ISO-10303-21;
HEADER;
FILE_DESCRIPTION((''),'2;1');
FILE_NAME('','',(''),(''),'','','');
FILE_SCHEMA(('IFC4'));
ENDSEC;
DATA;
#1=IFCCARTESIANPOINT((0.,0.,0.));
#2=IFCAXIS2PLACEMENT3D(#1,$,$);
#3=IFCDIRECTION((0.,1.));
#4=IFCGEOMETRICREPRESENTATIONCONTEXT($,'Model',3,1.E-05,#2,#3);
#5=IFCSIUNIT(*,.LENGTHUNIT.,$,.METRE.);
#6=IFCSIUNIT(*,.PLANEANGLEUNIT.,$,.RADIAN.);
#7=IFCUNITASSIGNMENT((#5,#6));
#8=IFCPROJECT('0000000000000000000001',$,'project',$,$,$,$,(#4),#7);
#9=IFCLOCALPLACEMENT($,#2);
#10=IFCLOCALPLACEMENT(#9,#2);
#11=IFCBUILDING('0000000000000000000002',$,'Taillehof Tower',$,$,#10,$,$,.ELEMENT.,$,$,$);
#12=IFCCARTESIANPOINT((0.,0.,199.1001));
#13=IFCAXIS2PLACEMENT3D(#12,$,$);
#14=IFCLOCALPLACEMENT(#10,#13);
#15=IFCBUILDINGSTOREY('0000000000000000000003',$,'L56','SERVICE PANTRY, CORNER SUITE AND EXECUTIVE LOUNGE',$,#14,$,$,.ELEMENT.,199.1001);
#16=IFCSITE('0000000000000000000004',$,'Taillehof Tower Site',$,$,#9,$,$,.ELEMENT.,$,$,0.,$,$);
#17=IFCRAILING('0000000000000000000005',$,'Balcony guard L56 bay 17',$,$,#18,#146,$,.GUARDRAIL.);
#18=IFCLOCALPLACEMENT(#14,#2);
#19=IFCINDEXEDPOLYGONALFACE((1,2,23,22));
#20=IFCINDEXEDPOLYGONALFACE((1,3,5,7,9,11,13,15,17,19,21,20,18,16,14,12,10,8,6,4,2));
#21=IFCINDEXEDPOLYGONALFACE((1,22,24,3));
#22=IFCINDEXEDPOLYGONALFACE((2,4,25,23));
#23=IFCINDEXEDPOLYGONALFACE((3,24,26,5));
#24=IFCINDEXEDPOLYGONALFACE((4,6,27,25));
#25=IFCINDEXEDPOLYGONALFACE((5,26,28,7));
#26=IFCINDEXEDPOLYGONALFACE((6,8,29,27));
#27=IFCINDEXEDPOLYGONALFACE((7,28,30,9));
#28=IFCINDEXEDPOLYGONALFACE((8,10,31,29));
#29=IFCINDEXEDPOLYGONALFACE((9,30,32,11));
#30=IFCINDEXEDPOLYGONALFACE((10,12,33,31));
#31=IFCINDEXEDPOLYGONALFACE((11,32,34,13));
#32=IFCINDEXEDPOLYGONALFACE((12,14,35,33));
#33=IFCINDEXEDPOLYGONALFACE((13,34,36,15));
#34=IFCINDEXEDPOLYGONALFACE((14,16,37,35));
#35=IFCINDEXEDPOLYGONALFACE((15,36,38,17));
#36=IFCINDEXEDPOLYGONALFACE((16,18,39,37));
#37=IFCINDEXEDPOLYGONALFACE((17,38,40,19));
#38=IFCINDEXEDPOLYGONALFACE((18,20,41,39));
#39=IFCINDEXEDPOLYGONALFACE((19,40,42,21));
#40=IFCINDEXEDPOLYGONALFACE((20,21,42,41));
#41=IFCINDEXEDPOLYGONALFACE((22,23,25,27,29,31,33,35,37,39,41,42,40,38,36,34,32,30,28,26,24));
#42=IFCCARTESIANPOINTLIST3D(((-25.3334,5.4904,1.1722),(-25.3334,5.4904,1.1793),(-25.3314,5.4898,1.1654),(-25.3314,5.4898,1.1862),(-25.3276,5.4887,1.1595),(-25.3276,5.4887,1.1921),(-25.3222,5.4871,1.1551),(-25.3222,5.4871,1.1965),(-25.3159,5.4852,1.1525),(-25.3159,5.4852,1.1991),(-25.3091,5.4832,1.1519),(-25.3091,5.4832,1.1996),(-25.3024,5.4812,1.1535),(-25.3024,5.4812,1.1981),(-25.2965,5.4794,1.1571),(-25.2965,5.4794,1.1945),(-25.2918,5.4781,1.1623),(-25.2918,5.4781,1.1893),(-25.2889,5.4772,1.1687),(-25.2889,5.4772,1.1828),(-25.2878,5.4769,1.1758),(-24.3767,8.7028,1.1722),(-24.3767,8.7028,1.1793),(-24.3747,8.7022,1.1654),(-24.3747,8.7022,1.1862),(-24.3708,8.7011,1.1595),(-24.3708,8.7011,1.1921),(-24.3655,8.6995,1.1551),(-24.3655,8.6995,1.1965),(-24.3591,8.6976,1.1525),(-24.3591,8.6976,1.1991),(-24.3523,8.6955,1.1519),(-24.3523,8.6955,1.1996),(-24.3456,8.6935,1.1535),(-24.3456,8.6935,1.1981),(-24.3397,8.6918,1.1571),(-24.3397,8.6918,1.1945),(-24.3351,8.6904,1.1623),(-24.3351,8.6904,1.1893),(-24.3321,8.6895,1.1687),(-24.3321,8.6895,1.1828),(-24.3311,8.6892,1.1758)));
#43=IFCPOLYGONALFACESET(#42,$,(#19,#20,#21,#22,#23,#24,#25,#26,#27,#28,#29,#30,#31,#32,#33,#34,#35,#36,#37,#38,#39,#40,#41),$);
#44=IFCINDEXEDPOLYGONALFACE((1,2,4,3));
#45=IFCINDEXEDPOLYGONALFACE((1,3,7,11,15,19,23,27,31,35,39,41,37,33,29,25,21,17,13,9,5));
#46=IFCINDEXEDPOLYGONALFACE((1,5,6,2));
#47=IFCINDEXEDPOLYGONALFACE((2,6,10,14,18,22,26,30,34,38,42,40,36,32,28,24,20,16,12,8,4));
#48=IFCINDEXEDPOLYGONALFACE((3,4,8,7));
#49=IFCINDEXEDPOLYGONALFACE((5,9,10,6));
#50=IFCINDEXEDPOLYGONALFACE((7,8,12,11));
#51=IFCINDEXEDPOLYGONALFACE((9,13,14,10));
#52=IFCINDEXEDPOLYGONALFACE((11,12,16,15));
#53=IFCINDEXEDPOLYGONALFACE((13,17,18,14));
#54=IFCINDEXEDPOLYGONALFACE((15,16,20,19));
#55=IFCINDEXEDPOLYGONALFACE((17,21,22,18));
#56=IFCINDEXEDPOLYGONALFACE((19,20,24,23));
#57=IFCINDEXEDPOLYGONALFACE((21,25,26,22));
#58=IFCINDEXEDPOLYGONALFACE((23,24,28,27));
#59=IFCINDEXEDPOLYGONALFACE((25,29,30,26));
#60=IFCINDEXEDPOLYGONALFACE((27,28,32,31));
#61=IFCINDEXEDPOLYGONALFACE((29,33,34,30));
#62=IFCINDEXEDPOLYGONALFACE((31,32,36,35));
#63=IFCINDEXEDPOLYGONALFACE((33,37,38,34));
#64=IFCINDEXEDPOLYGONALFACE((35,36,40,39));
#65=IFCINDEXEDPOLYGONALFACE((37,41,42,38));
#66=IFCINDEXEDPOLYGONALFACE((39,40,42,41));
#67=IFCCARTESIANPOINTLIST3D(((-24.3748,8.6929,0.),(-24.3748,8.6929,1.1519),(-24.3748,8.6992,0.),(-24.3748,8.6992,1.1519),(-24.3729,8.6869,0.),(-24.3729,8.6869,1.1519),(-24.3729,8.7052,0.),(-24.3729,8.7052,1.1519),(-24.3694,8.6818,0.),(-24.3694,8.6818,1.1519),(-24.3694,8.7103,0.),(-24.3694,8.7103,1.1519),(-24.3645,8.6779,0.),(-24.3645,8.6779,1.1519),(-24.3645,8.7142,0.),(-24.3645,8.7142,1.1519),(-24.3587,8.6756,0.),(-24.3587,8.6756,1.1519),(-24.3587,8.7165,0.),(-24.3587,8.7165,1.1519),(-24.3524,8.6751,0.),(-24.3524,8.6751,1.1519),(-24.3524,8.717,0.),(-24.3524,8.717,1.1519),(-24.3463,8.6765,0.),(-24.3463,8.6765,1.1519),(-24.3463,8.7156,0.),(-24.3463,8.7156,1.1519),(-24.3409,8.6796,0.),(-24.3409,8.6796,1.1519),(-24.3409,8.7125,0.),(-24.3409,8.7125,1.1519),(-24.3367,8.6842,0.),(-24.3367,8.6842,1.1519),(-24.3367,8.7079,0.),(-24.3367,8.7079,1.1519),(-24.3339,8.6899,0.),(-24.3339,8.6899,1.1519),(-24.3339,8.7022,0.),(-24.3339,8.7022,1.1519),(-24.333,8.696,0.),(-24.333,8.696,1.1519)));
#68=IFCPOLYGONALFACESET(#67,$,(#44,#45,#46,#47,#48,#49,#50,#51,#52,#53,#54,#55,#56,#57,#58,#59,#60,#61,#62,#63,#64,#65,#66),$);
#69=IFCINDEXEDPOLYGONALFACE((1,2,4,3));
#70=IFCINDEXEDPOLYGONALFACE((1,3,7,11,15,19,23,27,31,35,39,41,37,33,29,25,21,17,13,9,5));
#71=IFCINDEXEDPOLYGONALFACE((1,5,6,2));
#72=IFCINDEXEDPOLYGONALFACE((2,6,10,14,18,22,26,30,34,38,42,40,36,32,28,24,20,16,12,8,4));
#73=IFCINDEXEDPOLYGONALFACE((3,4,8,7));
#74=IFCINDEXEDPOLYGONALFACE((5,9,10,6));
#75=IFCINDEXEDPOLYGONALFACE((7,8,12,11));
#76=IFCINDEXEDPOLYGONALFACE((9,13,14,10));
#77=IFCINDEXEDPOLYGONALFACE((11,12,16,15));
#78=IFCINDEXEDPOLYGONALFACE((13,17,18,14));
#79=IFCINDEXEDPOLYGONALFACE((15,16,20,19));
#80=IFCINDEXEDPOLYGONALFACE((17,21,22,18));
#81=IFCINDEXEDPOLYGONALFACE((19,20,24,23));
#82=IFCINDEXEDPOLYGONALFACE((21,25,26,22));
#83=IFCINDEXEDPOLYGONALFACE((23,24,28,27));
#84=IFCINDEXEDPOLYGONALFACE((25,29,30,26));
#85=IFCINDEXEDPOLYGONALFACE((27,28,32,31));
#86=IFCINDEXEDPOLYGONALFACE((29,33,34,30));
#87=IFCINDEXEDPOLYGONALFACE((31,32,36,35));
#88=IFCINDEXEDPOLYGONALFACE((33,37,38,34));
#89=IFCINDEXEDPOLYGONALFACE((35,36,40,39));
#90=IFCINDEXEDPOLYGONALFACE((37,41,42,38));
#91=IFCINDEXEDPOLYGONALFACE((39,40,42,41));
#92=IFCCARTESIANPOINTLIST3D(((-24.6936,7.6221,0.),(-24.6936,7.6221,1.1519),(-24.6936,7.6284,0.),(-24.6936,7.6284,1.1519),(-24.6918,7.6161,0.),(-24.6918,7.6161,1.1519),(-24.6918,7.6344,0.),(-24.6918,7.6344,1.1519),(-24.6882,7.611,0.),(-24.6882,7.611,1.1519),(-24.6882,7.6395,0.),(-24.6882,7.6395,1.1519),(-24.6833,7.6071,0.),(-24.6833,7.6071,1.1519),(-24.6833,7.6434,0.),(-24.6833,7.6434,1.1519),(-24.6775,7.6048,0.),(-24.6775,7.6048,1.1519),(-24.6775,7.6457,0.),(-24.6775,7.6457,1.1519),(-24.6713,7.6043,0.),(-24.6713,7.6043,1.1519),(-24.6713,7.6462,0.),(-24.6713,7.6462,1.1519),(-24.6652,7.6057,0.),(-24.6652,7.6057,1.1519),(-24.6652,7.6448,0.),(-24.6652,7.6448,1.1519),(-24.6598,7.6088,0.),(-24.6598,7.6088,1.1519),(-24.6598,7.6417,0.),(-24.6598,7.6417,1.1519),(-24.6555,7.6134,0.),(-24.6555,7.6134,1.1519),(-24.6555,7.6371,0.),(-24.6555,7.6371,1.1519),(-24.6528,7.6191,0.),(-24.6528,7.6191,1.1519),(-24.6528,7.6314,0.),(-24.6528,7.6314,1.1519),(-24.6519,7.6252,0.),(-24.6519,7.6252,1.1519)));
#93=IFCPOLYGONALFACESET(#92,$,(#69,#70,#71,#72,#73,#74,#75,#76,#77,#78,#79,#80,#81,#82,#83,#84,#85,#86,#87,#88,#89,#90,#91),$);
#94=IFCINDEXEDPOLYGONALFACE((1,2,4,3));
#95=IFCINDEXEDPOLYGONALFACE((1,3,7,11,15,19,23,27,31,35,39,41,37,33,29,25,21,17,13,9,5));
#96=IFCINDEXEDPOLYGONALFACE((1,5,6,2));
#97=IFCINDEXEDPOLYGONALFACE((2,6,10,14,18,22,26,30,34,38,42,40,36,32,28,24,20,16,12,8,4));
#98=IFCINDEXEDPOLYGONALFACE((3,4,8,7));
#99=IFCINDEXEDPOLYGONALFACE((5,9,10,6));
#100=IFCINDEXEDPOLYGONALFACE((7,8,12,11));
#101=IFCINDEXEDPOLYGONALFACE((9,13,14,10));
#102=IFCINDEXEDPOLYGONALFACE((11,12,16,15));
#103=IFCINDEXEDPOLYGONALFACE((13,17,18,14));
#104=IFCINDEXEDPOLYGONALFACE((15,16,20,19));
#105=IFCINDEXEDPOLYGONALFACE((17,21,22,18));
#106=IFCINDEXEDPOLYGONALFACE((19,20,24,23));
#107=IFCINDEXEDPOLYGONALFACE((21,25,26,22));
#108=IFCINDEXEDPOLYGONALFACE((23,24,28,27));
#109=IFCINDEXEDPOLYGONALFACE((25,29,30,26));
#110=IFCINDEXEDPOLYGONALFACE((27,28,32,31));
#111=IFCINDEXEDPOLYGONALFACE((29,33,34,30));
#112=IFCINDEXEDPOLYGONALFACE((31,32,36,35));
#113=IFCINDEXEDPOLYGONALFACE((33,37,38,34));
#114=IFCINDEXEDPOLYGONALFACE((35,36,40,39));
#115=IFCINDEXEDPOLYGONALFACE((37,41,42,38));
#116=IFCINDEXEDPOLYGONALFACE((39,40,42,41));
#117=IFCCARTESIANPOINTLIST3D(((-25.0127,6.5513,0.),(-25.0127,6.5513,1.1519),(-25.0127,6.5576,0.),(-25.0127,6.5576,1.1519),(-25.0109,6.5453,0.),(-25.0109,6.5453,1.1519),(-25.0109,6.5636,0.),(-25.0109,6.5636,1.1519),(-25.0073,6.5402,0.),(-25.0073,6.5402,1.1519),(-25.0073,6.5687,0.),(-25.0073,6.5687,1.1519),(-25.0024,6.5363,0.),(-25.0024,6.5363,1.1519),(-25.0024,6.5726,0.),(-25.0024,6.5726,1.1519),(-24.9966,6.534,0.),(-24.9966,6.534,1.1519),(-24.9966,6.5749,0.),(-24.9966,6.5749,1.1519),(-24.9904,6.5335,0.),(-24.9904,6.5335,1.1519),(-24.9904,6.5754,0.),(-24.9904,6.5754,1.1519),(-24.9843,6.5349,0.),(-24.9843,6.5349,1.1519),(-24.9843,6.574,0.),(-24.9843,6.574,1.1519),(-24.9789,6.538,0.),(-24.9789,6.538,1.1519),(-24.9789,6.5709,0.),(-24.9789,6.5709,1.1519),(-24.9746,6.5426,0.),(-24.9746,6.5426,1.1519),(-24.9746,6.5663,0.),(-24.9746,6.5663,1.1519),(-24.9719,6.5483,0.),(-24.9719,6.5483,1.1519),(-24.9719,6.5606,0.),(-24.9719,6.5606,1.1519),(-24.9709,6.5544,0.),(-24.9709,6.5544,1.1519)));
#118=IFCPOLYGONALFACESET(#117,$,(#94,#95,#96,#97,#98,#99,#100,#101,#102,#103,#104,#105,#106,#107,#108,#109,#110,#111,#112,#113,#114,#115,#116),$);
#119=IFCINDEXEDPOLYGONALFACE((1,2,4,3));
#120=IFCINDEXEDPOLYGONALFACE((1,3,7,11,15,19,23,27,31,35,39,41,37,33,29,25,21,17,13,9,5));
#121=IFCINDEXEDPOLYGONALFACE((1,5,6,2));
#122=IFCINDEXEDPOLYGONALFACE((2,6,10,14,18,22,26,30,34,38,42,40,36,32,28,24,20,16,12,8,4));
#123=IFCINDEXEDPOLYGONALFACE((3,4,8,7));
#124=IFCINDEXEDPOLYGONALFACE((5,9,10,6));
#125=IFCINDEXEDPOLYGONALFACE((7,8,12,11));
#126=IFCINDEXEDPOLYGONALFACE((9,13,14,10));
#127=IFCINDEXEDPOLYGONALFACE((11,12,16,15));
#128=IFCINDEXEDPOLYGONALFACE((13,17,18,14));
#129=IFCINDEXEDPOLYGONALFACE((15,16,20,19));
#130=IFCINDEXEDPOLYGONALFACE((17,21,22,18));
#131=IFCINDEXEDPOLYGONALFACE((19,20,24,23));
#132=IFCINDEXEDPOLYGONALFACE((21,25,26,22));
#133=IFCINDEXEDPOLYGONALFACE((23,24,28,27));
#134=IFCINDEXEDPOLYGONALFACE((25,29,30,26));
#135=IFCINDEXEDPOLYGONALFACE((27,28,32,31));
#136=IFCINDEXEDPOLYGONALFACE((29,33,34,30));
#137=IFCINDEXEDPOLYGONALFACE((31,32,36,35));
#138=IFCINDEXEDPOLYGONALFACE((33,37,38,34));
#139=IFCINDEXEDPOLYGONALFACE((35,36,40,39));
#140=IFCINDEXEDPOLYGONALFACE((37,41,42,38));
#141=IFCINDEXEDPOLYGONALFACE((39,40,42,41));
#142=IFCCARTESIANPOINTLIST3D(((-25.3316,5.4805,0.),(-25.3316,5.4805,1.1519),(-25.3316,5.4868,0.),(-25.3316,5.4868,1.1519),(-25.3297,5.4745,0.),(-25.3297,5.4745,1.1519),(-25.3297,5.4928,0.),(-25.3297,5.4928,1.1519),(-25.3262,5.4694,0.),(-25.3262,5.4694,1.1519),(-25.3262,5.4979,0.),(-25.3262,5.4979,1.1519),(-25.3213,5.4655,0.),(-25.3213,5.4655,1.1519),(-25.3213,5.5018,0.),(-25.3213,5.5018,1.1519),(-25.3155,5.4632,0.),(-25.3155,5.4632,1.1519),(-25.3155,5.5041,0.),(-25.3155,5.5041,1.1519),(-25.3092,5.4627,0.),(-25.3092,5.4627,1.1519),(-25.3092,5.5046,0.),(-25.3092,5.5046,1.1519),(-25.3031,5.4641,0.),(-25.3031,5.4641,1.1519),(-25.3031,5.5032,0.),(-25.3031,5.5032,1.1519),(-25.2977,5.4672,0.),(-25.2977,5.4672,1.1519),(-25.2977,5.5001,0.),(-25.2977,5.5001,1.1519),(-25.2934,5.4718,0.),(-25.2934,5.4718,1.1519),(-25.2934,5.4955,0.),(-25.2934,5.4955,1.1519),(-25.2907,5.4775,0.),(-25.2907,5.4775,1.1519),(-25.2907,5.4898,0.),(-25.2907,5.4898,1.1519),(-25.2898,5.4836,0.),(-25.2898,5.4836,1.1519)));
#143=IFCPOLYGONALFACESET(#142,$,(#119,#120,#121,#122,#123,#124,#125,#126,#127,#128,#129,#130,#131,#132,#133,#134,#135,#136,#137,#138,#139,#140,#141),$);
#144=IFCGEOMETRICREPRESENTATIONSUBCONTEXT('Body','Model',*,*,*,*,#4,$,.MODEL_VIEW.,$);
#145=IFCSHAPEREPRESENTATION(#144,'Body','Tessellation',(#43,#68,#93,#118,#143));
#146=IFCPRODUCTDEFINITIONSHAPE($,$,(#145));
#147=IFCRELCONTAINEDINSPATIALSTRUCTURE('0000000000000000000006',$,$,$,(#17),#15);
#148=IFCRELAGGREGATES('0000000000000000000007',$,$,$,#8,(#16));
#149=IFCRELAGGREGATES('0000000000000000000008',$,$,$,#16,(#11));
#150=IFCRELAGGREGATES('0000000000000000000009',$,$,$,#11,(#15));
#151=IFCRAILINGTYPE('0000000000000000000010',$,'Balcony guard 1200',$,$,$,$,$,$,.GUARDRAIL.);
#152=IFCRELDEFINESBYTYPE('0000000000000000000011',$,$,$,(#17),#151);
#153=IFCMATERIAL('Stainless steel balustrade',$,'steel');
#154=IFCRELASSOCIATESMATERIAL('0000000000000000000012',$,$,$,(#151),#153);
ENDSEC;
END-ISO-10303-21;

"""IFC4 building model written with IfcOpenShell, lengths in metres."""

from ifc_helpers import new_model, si_unit, direction, frame, origin, origin_2d, place, context, subcontext, project, spatial, circle, extrude, material, type_object, element, save


model = new_model("IFC4")

# Units and contexts
model_context = context("Model", 3, precision=1e-05, world=origin(), true_north=direction((0.0, 1.0)))
body_context = subcontext(model_context, "Body", "Model", "MODEL_VIEW")
ifc_project = project(units=[si_unit("LENGTHUNIT", "METRE"), si_unit("PLANEANGLEUNIT", "RADIAN")], contexts=[model_context])

# Site, building, storey
site_placement = place(None, origin())
site = spatial("IfcSite", under=ifc_project, at=site_placement, Name="Taillehof Tower Site", CompositionType="ELEMENT", RefElevation=0.0)
building_placement = place(site_placement, origin())
building = spatial("IfcBuilding", under=site, at=building_placement, Name="Taillehof Tower", CompositionType="ELEMENT")
storey_placement = place(building_placement, frame((0.0, 0.0, 199.1001)))
storey = spatial("IfcBuildingStorey", under=building, at=storey_placement, Name="L56", Description="SERVICE PANTRY, CORNER SUITE AND EXECUTIVE LOUNGE", CompositionType="ELEMENT", Elevation=199.1001)

# Railing
ifc_material_1 = material(Name="Stainless steel balustrade", Category="steel")
railing_type_1 = type_object("IfcRailingType", Name="Balcony guard 1200", PredefinedType="GUARDRAIL", material=ifc_material_1)
railing_1_placement = place(storey_placement, frame((-24.354, 8.696, 0.0)))
element("IfcRailing", 1, at=railing_1_placement, inside=storey, type_object=railing_type_1, Name="Balcony guard L56 bay 17", PredefinedType="GUARDRAIL", context=body_context, shape_type="SweptSolid", body=[
    extrude(circle(Radius=0.0239, at=origin_2d()), frame((0.0, 0.0, 1.1758), z_axis=(-0.28545, -0.958394, 0.0), x_axis=(0.958394, -0.28545, 0.0)), (0.0, 0.0, 1.0), 3.3518),
    extrude(circle(Radius=0.021, at=origin_2d()), origin(), (0.0, 0.0, 1.0), 1.1519),
    extrude(circle(Radius=0.021, at=origin_2d()), frame((-0.3188, -1.0708, 0.0)), (0.0, 0.0, 1.0), 1.1519),
    extrude(circle(Radius=0.021, at=origin_2d()), frame((-0.6379, -2.1416, 0.0)), (0.0, 0.0, 1.0), 1.1519),
    extrude(circle(Radius=0.021, at=origin_2d()), frame((-0.9568, -3.2124, 0.0)), (0.0, 0.0, 1.0), 1.1519),
])

save(model, "model.ifc")
